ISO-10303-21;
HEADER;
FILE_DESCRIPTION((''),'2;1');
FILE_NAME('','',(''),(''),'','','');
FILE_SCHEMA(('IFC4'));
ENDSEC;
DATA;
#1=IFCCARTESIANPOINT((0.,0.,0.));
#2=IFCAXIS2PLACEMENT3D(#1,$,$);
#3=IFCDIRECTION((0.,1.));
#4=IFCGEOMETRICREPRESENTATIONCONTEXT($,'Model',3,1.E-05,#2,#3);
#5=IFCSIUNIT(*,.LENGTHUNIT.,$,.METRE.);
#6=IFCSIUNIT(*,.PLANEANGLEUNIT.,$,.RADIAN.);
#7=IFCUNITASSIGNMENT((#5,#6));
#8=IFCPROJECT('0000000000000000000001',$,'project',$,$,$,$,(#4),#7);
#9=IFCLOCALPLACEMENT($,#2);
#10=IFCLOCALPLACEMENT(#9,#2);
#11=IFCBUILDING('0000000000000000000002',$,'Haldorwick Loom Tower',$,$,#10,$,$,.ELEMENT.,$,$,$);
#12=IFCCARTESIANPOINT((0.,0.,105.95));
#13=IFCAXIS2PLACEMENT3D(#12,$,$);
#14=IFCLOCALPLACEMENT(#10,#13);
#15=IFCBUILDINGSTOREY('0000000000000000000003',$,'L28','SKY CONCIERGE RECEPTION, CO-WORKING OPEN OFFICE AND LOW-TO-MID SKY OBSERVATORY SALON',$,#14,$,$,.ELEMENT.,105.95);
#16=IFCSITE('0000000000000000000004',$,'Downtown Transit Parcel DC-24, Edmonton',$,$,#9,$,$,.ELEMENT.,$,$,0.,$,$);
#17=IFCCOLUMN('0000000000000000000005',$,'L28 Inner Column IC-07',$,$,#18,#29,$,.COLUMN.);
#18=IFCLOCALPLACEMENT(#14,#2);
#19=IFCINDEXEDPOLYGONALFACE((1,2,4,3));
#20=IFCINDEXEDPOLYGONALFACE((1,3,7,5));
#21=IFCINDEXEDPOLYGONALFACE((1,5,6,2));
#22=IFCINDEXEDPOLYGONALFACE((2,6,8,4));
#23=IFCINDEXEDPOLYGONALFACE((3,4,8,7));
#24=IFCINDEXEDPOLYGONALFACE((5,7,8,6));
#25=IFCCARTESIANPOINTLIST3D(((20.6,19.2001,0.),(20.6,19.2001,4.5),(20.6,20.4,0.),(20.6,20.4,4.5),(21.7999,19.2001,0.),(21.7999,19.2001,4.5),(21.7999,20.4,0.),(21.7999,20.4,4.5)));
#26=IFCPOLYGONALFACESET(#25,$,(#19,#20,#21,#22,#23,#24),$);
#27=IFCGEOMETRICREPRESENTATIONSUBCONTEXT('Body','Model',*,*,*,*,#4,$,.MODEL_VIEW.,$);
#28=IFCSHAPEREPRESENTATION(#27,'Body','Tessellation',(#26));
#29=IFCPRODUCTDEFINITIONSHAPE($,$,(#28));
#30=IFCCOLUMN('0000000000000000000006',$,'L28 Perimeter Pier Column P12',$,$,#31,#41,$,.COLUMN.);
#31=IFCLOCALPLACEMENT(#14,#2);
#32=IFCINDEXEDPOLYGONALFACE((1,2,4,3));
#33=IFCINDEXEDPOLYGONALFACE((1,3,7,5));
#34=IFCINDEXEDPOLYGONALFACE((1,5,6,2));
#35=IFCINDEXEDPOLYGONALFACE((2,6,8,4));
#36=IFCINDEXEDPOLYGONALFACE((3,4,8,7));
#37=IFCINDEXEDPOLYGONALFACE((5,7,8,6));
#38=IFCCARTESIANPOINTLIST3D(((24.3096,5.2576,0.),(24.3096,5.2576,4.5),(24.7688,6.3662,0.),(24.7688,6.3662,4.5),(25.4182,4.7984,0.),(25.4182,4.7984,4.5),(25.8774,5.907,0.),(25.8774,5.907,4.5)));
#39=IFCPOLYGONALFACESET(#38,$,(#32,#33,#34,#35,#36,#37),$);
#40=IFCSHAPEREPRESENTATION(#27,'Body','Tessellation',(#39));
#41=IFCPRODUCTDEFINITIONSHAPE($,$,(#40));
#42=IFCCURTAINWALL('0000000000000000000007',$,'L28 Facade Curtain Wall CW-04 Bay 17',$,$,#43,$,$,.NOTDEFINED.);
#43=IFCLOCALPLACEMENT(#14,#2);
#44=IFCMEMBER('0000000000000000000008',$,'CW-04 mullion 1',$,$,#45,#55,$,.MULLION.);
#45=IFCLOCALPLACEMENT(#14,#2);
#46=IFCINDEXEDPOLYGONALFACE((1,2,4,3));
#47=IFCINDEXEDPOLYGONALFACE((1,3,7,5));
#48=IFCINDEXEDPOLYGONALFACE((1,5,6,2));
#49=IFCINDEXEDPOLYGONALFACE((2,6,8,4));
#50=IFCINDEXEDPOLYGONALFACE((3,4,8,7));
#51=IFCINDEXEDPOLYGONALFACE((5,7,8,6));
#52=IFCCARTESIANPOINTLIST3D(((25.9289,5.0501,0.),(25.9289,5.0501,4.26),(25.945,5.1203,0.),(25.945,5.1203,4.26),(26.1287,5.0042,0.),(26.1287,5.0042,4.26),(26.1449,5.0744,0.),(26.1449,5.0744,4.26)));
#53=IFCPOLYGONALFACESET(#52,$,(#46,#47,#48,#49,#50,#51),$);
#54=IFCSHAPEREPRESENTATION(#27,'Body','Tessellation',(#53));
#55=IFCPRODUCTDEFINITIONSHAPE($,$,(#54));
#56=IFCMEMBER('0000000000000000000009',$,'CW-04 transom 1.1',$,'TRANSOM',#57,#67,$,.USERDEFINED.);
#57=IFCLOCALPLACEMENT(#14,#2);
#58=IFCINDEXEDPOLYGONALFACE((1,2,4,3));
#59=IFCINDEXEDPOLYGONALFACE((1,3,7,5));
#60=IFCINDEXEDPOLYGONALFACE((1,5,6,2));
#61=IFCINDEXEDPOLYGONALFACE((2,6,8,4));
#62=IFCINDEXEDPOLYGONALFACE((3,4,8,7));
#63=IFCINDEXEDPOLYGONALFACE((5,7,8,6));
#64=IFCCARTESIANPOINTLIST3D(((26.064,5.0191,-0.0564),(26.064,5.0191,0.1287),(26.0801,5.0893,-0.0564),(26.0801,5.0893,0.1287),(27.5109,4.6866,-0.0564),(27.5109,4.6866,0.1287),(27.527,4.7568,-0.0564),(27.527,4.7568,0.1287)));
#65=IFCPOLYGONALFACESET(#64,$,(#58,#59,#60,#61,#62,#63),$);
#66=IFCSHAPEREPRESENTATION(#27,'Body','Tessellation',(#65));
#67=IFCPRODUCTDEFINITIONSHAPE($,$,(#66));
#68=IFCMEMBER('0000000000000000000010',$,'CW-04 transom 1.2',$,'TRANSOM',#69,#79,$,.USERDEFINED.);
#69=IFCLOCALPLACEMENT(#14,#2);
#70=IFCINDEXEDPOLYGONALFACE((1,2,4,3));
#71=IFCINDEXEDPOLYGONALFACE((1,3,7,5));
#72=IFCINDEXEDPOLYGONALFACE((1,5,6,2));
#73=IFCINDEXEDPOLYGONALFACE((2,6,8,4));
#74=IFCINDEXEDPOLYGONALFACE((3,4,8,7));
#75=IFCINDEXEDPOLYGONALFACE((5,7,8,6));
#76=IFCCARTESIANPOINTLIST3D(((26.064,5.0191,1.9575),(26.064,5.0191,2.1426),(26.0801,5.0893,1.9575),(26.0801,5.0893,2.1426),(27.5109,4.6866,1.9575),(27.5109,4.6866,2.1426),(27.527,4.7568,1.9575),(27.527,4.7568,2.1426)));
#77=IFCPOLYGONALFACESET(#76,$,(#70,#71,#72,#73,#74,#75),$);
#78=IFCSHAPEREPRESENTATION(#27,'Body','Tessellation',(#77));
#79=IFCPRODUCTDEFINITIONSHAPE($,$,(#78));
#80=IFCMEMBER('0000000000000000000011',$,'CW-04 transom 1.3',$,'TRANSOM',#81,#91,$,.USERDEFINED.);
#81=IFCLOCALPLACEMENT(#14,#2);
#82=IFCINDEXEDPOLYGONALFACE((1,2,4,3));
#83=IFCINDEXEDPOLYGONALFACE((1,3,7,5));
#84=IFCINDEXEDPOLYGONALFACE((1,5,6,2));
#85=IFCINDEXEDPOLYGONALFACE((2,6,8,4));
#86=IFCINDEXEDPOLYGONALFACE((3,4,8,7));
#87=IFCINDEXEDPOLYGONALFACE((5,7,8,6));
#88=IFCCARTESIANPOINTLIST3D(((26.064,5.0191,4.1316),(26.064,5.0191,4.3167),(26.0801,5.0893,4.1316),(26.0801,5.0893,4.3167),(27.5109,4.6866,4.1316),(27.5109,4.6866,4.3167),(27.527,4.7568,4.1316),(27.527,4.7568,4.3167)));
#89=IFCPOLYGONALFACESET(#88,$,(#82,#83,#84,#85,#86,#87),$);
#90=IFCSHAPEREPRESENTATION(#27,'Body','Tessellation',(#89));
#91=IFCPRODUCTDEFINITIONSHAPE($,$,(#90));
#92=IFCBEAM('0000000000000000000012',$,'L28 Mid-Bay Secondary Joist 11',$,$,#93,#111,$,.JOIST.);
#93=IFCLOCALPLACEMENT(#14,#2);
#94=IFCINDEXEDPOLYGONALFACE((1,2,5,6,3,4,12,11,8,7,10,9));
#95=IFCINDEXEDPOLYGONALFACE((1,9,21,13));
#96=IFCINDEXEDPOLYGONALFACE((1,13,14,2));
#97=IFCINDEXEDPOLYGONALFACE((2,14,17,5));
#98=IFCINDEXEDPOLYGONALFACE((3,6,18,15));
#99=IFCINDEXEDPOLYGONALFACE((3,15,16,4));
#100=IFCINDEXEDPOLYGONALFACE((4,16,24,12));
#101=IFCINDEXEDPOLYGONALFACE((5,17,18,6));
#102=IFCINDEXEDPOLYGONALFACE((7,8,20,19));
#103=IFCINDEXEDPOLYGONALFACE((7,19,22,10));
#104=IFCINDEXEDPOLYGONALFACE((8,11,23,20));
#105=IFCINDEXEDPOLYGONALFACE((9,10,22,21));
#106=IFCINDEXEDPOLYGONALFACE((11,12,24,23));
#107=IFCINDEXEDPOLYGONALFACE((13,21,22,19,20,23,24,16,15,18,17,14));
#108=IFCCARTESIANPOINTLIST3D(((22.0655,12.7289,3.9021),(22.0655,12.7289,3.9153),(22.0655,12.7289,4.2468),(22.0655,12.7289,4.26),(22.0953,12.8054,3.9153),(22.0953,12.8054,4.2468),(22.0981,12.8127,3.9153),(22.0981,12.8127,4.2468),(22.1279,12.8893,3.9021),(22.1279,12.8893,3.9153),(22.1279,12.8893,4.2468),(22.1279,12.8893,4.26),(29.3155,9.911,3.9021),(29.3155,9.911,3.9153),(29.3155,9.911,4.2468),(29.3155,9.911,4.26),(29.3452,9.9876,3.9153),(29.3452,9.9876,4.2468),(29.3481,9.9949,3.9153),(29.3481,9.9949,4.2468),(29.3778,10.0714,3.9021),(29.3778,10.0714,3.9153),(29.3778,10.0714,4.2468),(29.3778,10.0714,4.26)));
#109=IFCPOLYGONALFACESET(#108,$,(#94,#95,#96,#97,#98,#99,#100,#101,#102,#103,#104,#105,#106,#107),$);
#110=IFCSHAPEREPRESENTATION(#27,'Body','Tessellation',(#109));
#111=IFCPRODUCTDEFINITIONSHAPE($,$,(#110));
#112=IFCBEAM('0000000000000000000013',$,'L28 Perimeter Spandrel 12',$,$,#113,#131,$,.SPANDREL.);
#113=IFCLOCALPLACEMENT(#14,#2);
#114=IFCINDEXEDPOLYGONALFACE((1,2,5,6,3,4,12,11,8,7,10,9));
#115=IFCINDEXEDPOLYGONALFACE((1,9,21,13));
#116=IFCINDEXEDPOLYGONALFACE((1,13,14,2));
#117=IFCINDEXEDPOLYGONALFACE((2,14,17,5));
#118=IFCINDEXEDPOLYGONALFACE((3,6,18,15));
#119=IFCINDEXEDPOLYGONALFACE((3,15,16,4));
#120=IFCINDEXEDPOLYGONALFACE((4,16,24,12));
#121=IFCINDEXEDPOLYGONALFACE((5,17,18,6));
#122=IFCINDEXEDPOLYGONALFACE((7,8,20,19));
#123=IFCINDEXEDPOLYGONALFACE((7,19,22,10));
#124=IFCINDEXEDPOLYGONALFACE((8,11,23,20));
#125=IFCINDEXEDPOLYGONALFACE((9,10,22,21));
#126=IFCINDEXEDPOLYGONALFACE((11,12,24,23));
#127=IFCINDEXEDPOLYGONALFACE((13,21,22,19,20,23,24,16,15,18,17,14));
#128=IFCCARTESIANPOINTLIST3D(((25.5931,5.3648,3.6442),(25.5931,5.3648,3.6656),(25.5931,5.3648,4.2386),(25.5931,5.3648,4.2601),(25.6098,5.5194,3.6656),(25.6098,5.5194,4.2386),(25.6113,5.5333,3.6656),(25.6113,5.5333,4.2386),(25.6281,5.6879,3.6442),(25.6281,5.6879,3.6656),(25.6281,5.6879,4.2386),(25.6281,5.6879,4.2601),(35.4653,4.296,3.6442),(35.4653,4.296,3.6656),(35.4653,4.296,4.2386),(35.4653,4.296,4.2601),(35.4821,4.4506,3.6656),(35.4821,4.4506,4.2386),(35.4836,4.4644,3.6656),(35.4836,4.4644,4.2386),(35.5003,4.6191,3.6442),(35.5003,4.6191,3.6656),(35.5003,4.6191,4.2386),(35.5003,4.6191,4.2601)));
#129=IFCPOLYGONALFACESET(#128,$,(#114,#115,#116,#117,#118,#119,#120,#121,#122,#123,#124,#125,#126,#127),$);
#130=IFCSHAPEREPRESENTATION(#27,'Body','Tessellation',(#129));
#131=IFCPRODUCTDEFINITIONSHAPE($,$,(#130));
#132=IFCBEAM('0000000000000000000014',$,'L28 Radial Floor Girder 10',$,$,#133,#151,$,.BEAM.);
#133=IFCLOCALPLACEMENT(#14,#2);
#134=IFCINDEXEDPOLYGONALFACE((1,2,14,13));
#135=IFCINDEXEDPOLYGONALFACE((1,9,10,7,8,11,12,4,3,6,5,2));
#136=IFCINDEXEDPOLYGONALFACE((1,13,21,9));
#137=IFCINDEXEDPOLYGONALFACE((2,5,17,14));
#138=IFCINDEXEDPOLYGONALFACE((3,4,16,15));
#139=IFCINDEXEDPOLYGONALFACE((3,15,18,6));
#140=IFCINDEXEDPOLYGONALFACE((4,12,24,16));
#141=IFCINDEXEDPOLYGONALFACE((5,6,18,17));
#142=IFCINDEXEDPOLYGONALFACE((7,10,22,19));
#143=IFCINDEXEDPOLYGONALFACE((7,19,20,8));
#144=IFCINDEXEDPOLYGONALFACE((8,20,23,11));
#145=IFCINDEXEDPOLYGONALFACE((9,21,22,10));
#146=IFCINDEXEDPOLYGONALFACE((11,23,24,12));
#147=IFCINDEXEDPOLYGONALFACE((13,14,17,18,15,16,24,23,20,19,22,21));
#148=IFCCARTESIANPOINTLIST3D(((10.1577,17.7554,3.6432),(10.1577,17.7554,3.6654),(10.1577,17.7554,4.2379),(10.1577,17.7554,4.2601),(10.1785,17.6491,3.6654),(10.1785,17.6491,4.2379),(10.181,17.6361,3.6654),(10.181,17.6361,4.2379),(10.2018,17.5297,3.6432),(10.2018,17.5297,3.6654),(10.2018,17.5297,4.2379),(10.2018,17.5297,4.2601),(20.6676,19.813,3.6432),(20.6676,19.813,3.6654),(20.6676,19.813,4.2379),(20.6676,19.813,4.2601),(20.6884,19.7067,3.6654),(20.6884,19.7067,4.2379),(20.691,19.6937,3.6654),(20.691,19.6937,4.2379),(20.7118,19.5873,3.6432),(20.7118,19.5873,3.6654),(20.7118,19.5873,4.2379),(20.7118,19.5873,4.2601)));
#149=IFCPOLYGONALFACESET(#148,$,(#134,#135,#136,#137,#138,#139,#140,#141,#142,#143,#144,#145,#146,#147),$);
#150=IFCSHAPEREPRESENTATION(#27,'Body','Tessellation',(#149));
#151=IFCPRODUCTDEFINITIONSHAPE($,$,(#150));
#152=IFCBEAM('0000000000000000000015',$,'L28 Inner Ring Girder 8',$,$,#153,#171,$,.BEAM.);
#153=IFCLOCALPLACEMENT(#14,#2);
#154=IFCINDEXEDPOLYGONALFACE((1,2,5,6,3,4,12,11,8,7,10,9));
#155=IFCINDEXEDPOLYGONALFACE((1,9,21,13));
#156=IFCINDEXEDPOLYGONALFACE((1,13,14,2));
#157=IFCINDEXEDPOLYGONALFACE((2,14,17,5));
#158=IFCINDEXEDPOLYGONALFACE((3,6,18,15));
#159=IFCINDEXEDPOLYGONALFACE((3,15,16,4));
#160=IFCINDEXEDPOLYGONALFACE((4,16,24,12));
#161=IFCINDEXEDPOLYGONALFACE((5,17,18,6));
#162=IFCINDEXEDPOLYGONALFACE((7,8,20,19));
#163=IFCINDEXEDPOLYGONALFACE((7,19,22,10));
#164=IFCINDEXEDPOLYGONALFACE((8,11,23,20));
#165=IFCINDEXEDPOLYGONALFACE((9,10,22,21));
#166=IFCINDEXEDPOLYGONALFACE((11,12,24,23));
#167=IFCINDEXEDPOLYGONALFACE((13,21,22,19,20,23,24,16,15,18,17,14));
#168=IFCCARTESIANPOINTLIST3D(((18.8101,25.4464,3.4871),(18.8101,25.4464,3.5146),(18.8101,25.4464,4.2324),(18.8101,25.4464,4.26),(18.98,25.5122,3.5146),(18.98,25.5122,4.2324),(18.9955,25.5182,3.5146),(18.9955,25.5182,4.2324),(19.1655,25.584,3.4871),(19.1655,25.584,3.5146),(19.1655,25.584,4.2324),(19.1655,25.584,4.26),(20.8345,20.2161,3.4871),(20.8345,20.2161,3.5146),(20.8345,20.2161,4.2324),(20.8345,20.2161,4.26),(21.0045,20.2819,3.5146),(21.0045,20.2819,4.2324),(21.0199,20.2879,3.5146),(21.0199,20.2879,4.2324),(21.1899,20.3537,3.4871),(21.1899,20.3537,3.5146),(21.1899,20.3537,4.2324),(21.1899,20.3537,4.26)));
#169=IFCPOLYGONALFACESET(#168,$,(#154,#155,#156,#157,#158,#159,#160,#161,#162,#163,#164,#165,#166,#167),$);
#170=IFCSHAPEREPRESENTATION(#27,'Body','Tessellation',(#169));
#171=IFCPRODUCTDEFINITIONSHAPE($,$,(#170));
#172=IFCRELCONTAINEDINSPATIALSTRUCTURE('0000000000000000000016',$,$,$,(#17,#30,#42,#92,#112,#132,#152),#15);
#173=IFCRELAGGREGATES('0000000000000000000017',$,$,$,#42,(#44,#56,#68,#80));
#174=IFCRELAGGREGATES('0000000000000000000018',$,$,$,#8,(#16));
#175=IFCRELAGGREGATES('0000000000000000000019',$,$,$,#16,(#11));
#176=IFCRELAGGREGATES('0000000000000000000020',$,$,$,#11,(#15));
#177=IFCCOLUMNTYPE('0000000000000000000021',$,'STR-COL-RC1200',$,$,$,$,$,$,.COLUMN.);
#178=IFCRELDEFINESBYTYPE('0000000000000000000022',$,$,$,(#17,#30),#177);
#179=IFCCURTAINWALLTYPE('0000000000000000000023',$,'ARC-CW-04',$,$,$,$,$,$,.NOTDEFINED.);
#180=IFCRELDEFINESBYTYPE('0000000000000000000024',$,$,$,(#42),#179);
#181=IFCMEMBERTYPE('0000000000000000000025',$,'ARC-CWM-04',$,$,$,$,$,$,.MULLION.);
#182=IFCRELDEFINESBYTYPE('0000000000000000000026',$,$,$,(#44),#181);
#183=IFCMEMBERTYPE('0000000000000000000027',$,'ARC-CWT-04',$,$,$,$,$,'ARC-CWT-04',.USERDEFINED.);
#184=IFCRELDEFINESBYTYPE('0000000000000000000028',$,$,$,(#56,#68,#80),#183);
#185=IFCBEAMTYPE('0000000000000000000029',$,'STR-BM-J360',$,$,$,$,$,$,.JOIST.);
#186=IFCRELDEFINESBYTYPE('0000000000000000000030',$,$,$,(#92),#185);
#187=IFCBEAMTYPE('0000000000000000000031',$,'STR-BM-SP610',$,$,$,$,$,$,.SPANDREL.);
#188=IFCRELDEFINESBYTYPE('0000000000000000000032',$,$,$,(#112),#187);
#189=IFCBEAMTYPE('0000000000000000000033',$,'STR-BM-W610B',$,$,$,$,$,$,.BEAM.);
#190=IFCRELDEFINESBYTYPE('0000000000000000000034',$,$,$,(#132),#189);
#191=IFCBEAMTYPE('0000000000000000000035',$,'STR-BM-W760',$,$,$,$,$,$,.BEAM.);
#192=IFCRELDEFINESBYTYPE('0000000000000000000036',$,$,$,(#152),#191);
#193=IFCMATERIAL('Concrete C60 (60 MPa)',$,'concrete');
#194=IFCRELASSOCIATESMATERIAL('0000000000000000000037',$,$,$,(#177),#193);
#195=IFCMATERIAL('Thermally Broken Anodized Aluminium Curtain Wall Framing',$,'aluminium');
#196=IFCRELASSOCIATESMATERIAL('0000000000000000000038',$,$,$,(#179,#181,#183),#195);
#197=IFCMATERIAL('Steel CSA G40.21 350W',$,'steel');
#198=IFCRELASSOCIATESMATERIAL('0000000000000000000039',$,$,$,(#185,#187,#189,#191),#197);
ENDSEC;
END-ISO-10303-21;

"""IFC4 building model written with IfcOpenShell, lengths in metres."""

from ifc_helpers import new_model, si_unit, direction, frame, origin, origin_2d, place, context, subcontext, project, spatial, rectangle, i_section, extrude, material, material_profile, profile_set, type_object, element, aggregate, save


model = new_model("IFC4")

# Units and contexts
model_context = context("Model", 3, precision=1e-05, world=origin(), true_north=direction((0.0, 1.0)))
body_context = subcontext(model_context, "Body", "Model", "MODEL_VIEW")
ifc_project = project(units=[si_unit("LENGTHUNIT", "METRE"), si_unit("PLANEANGLEUNIT", "RADIAN")], contexts=[model_context])

# Site, building, storey
site_placement = place(None, origin())
site = spatial("IfcSite", under=ifc_project, at=site_placement, Name="Downtown Transit Parcel DC-24, Edmonton", CompositionType="ELEMENT", RefElevation=0.0)
building_placement = place(site_placement, origin())
building = spatial("IfcBuilding", under=site, at=building_placement, Name="Haldorwick Loom Tower", CompositionType="ELEMENT")
storey_placement = place(building_placement, frame((0.0, 0.0, 105.95)))
storey = spatial("IfcBuildingStorey", under=building, at=storey_placement, Name="L28", Description="SKY CONCIERGE RECEPTION, CO-WORKING OPEN OFFICE AND LOW-TO-MID SKY OBSERVATORY SALON", CompositionType="ELEMENT", Elevation=105.95)

# Columns
ifc_material_1 = material(Name="Concrete C60 (60 MPa)", Category="concrete")
ifc_material_profile_1 = material_profile(ifc_material_1, rectangle(XDim=1.2, YDim=1.2, at=origin_2d()), Name="RC1200X1200", Category="concrete")
ifc_profile_set_1 = profile_set([ifc_material_profile_1], Name="Concrete C60 (60 MPa)")
column_type = type_object("IfcColumnType", Name="STR-COL-RC1200", PredefinedType="COLUMN", material=ifc_profile_set_1)
for number, where, z_axis, x_axis, name in (
    (1, (21.2, 19.8, 0.0), (0.0, 0.0, 1.0), (1.0, 0.0, 0.0), "L28 Inner Column IC-07"),
    (2, (25.0935, 5.5823, 0.0), (0.0, 0.0, 1.0), (-0.382683, -0.92388, 0.0), "L28 Perimeter Pier Column P12"),
):
    element("IfcColumn", number, at=place(storey_placement, frame(where, z_axis=z_axis, x_axis=x_axis)), inside=storey, type_object=column_type, Name=name, PredefinedType="COLUMN", context=body_context, shape_type="SweptSolid", body=[
        extrude(rectangle(XDim=1.2, YDim=1.2, at=origin_2d()), origin(), (0.0, 0.0, 1.0), 4.5),
    ])

# Curtain wall, members
ifc_material_2 = material(Name="Thermally Broken Anodized Aluminium Curtain Wall Framing", Category="aluminium")
curtain_wall_type = type_object("IfcCurtainWallType", Name="ARC-CW-04", PredefinedType="NOTDEFINED", material=ifc_material_2)
curtain_wall_placement = place(storey_placement, origin())
curtain_wall = element("IfcCurtainWall", 3, at=curtain_wall_placement, inside=storey, type_object=curtain_wall_type, Name="L28 Facade Curtain Wall CW-04 Bay 17", PredefinedType="NOTDEFINED")
ifc_material_profile_2 = material_profile(ifc_material_2, rectangle(XDim=0.072, YDim=0.2051, at=origin_2d()), Name="ALU_MUL_72X205", Category="aluminium")
ifc_profile_set_2 = profile_set([ifc_material_profile_2], Name="Thermally Broken Anodized Aluminium Curtain Wall Framing")
member_type_1 = type_object("IfcMemberType", Name="ARC-CWM-04", PredefinedType="MULLION", material=ifc_profile_set_2)
member_1_placement = place(storey_placement, frame((26.0369, 5.0623, 0.0), z_axis=(0.0, 0.0, 1.0), x_axis=(0.223981, 0.974593, 0.0)))
member_1 = element("IfcMember", 4, at=member_1_placement, type_object=member_type_1, Name="CW-04 mullion 1", PredefinedType="MULLION", context=body_context, shape_type="SweptSolid", body=[
    extrude(rectangle(XDim=0.072, YDim=0.2051, at=origin_2d()), origin(), (0.0, 0.0, 1.0), 4.26),
])
ifc_material_profile_3 = material_profile(ifc_material_2, rectangle(XDim=0.072, YDim=0.1851, at=origin_2d()), Name="ALU_TRN_72X185", Category="aluminium")
ifc_profile_set_3 = profile_set([ifc_material_profile_3], Name="Thermally Broken Anodized Aluminium Curtain Wall Framing")
member_type_2 = type_object("IfcMemberType", Name="ARC-CWT-04", ElementType="ARC-CWT-04", PredefinedType="USERDEFINED", material=ifc_profile_set_3)
member_2_placement = place(storey_placement, frame((26.072, 5.0542, 0.0361), z_axis=(0.974599, -0.223959, 0.0), x_axis=(0.223959, 0.974599, 0.0)))
member_2 = element("IfcMember", 5, at=member_2_placement, type_object=member_type_2, Name="CW-04 transom 1.1", ObjectType="TRANSOM", PredefinedType="USERDEFINED", context=body_context, shape_type="SweptSolid", body=[
    extrude(rectangle(XDim=0.072, YDim=0.1851, at=origin_2d()), origin(), (0.0, 0.0, 1.0), 1.4846),
])
member_3_placement = place(storey_placement, frame((26.072, 5.0542, 2.05), z_axis=(0.974599, -0.223959, 0.0), x_axis=(0.223959, 0.974599, 0.0)))
member_3 = element("IfcMember", 6, at=member_3_placement, type_object=member_type_2, Name="CW-04 transom 1.2", ObjectType="TRANSOM", PredefinedType="USERDEFINED", context=body_context, shape_type="SweptSolid", body=[
    extrude(rectangle(XDim=0.072, YDim=0.1851, at=origin_2d()), origin(), (0.0, 0.0, 1.0), 1.4846),
])
member_4_placement = place(storey_placement, frame((26.072, 5.0542, 4.2241), z_axis=(0.974599, -0.223959, 0.0), x_axis=(0.223959, 0.974599, 0.0)))
member_4 = element("IfcMember", 7, at=member_4_placement, type_object=member_type_2, Name="CW-04 transom 1.3", ObjectType="TRANSOM", PredefinedType="USERDEFINED", context=body_context, shape_type="SweptSolid", body=[
    extrude(rectangle(XDim=0.072, YDim=0.1851, at=origin_2d()), origin(), (0.0, 0.0, 1.0), 1.4846),
])

# Beams
ifc_material_3 = material(Name="Steel CSA G40.21 350W", Category="steel")
ifc_material_profile_4 = material_profile(ifc_material_3, i_section(OverallWidth=0.1721, OverallDepth=0.3579, WebThickness=0.0078, FlangeThickness=0.0132, at=origin_2d()), Name="W360X57", Category="steel")
ifc_profile_set_4 = profile_set([ifc_material_profile_4], Name="Steel CSA G40.21 350W")
beam_type_1 = type_object("IfcBeamType", Name="STR-BM-J360", PredefinedType="JOIST", material=ifc_profile_set_4)
beam_1_placement = place(storey_placement, frame((22.0967, 12.8091, 4.0811), z_axis=(0.932073, -0.362271, 0.0), x_axis=(0.362271, 0.932073, 0.0)))
element("IfcBeam", 8, at=beam_1_placement, inside=storey, type_object=beam_type_1, Name="L28 Mid-Bay Secondary Joist 11", PredefinedType="JOIST", context=body_context, shape_type="SweptSolid", body=[
    extrude(i_section(OverallWidth=0.1721, OverallDepth=0.3579, WebThickness=0.0078, FlangeThickness=0.0132, at=origin_2d()), origin(), (0.0, 0.0, 1.0), 7.7783),
])
ifc_material_profile_5 = material_profile(ifc_material_3, i_section(OverallWidth=0.325, OverallDepth=0.616, WebThickness=0.0139, FlangeThickness=0.0215, at=origin_2d()), Name="W610X174", Category="steel")
ifc_profile_set_5 = profile_set([ifc_material_profile_5], Name="Steel CSA G40.21 350W")
beam_type_2 = type_object("IfcBeamType", Name="STR-BM-SP610", PredefinedType="SPANDREL", material=ifc_profile_set_5)
beam_2_placement = place(storey_placement, frame((25.6106, 5.5264, 3.9521), z_axis=(0.99419, -0.107638, 0.0), x_axis=(0.107638, 0.99419, 0.0)))
element("IfcBeam", 9, at=beam_2_placement, inside=storey, type_object=beam_type_2, Name="L28 Perimeter Spandrel 12", PredefinedType="SPANDREL", context=body_context, shape_type="SweptSolid", body=[
    extrude(i_section(OverallWidth=0.325, OverallDepth=0.616, WebThickness=0.0139, FlangeThickness=0.0215, at=origin_2d()), origin(), (0.0, 0.0, 1.0), 9.9299),
])
ifc_material_profile_6 = material_profile(ifc_material_3, i_section(OverallWidth=0.23, OverallDepth=0.6169, WebThickness=0.0132, FlangeThickness=0.0222, at=origin_2d()), Name="W610X140", Category="steel")
ifc_profile_set_6 = profile_set([ifc_material_profile_6], Name="Steel CSA G40.21 350W")
beam_type_3 = type_object("IfcBeamType", Name="STR-BM-W610B", PredefinedType="BEAM", material=ifc_profile_set_6)
beam_3_placement = place(storey_placement, frame((20.6897, 19.7002, 3.9517), z_axis=(-0.98137, -0.192129, 0.0), x_axis=(0.192129, -0.98137, 0.0)))
element("IfcBeam", 10, at=beam_3_placement, inside=storey, type_object=beam_type_3, Name="L28 Radial Floor Girder 10", PredefinedType="BEAM", context=body_context, shape_type="SweptSolid", body=[
    extrude(i_section(OverallWidth=0.23, OverallDepth=0.6169, WebThickness=0.0132, FlangeThickness=0.0222, at=origin_2d()), origin(), (0.0, 0.0, 1.0), 10.7095),
])
ifc_material_profile_7 = material_profile(ifc_material_3, i_section(OverallWidth=0.3811, OverallDepth=0.7729, WebThickness=0.0166, FlangeThickness=0.0276, at=origin_2d()), Name="W760X257", Category="steel")
ifc_profile_set_7 = profile_set([ifc_material_profile_7], Name="Steel CSA G40.21 350W")
beam_type_4 = type_object("IfcBeamType", Name="STR-BM-W760", PredefinedType="BEAM", material=ifc_profile_set_7)
beam_4_placement = place(storey_placement, frame((21.0122, 20.2849, 3.8735), z_axis=(-0.360965, 0.932579, 0.0), x_axis=(-0.932579, -0.360965, 0.0)))
element("IfcBeam", 11, at=beam_4_placement, inside=storey, type_object=beam_type_4, Name="L28 Inner Ring Girder 8", PredefinedType="BEAM", context=body_context, shape_type="SweptSolid", body=[
    extrude(i_section(OverallWidth=0.3811, OverallDepth=0.7729, WebThickness=0.0166, FlangeThickness=0.0276, at=origin_2d()), origin(), (0.0, 0.0, 1.0), 5.6084),
])

aggregate(curtain_wall, [member_1, member_2, member_3, member_4])

save(model, "model.ifc")
